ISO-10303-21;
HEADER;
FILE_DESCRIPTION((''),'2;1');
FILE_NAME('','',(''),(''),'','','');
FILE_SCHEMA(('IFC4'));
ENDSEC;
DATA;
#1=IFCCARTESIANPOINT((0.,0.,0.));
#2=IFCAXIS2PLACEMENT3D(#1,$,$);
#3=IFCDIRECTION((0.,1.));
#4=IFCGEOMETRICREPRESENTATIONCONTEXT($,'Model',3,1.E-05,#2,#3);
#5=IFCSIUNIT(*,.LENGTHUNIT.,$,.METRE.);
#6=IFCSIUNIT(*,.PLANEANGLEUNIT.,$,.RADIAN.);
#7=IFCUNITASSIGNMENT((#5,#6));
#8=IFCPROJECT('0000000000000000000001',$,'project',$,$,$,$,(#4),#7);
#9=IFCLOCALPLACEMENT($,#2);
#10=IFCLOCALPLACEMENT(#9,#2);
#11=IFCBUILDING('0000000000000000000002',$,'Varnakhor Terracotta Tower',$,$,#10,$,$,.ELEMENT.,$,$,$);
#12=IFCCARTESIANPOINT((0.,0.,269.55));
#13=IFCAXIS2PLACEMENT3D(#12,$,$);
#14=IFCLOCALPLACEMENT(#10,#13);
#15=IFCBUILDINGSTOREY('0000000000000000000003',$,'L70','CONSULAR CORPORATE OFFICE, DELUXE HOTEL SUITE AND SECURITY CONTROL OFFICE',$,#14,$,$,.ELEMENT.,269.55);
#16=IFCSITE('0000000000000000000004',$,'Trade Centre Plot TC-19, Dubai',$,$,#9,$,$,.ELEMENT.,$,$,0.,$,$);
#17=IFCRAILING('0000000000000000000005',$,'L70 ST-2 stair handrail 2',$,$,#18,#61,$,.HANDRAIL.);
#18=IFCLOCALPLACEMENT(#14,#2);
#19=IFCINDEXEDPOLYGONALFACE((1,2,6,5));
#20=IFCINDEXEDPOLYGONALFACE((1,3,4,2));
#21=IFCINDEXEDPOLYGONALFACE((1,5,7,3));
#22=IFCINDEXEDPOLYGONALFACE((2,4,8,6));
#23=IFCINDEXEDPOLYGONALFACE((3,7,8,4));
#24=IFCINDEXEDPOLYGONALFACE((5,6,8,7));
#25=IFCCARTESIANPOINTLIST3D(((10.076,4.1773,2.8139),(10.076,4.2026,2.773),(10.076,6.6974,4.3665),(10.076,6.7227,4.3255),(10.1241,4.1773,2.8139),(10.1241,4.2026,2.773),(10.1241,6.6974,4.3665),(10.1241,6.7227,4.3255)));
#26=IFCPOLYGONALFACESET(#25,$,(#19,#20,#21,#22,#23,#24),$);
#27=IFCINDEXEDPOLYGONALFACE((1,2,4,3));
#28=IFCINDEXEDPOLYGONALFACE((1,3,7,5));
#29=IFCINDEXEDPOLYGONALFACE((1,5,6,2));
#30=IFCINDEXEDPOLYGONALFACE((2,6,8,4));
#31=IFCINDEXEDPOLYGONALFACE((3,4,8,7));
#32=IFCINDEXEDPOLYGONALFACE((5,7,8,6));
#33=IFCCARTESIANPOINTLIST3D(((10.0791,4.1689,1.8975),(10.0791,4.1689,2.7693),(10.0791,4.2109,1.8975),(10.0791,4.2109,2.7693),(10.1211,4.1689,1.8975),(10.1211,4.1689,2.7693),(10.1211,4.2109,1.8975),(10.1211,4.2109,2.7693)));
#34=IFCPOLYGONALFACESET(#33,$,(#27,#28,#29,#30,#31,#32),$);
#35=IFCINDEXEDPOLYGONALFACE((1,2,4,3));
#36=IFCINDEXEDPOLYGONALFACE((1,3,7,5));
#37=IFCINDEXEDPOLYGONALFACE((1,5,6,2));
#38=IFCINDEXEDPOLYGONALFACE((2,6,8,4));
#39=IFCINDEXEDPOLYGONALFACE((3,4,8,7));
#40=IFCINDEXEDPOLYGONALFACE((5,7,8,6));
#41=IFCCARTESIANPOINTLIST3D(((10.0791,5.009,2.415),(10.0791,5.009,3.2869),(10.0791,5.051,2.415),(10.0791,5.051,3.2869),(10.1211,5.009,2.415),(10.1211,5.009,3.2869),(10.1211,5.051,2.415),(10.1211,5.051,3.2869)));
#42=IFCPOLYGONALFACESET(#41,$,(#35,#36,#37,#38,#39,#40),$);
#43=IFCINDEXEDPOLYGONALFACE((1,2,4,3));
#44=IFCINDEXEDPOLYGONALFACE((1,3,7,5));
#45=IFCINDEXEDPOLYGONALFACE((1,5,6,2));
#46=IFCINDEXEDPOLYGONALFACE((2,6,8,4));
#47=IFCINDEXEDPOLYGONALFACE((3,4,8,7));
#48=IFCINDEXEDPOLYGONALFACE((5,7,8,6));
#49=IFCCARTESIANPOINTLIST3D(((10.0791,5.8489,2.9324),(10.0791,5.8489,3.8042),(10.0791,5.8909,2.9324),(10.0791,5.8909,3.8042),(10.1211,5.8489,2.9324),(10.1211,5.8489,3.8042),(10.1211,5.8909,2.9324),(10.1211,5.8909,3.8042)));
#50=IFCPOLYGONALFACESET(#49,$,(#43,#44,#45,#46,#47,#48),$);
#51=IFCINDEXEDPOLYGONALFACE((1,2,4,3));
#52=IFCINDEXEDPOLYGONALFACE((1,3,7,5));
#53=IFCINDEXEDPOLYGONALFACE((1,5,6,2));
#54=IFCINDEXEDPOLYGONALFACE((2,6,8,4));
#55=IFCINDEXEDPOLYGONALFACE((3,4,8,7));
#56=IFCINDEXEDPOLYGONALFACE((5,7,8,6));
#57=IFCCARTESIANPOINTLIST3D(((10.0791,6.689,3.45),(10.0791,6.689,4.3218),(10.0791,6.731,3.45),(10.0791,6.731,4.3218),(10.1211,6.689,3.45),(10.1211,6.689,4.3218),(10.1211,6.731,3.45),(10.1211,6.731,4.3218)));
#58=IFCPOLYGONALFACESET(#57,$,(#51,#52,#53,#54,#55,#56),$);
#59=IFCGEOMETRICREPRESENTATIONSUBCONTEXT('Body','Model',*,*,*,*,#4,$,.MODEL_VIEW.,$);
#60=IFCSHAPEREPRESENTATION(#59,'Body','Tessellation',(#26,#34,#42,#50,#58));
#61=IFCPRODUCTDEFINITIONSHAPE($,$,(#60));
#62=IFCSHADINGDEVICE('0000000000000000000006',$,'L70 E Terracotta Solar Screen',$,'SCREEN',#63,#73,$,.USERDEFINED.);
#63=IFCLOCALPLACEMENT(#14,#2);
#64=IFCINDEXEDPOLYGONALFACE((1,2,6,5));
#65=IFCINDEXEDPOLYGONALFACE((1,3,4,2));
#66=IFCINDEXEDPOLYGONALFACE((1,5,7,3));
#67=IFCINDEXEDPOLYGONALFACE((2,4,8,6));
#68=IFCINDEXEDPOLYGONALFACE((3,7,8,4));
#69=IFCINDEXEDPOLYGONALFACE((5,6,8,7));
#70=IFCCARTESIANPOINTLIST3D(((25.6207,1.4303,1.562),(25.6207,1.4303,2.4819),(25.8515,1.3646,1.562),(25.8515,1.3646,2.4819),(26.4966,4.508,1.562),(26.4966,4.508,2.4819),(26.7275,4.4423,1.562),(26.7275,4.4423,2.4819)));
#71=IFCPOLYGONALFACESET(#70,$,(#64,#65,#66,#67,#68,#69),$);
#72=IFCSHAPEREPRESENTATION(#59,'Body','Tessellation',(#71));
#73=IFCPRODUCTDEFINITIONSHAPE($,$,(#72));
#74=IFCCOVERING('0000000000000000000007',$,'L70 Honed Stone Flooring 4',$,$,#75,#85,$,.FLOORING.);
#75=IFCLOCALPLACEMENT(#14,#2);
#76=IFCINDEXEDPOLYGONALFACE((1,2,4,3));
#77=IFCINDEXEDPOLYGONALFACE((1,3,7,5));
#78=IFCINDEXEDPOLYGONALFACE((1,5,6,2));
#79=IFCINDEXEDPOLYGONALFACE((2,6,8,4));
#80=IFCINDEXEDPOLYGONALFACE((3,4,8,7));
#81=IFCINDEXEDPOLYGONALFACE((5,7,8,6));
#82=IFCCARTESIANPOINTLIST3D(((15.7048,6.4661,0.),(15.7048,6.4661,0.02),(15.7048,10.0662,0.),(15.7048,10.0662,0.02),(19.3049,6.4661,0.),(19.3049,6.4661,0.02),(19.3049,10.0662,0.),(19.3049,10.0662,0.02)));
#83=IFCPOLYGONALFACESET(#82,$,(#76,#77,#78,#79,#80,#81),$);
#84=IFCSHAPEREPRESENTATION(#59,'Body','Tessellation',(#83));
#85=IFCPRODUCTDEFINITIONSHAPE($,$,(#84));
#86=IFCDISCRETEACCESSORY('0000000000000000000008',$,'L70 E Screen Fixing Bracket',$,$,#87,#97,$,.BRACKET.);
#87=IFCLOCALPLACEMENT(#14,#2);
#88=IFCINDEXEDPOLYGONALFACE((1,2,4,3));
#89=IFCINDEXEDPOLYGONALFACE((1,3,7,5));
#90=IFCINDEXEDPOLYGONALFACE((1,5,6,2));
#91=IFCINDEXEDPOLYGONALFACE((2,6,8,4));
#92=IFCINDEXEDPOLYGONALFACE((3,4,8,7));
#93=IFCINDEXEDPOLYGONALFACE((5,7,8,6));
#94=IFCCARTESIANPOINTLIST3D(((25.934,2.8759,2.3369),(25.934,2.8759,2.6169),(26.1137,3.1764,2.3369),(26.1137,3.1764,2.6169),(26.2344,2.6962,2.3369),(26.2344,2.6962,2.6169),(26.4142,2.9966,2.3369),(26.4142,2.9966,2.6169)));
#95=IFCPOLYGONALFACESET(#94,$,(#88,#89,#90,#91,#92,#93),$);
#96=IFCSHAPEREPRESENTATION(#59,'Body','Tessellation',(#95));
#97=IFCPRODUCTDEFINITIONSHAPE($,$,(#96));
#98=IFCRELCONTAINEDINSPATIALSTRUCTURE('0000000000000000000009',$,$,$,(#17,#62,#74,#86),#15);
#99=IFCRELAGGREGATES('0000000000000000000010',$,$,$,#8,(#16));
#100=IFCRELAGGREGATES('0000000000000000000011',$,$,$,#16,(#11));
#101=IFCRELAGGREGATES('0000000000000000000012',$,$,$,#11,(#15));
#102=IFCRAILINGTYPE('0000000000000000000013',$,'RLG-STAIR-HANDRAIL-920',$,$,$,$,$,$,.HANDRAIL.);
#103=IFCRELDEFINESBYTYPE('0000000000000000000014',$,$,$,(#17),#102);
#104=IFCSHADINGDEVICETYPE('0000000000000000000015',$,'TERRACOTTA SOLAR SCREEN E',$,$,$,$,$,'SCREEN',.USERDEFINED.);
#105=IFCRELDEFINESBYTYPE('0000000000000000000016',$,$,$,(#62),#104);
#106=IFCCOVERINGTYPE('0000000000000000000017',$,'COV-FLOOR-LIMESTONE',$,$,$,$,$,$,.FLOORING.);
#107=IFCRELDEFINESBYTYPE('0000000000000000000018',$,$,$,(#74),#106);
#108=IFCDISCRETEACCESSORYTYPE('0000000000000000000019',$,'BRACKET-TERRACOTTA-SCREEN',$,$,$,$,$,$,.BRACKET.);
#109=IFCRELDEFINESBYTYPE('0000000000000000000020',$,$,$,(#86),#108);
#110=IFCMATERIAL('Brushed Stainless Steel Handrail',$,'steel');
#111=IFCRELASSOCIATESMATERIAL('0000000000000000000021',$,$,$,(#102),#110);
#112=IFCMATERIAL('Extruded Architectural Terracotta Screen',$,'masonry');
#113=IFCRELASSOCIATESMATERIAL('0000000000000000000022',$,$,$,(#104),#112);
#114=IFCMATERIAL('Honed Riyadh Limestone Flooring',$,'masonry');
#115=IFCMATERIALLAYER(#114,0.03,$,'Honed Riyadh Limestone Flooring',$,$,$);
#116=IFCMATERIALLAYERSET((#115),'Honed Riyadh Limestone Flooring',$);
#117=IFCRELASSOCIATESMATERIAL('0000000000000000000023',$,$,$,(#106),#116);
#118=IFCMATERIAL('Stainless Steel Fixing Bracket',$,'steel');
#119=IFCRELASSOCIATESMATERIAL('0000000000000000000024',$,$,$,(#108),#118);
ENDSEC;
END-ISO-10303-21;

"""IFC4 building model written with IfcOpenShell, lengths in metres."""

from ifc_helpers import new_model, si_unit, direction, frame, origin, origin_2d, place, context, subcontext, project, spatial, rectangle, extrude, source, transform, mapped, material, layer, layer_set, type_object, type_shapes, element, save


model = new_model("IFC4")

# Units and contexts
model_context = context("Model", 3, precision=1e-05, world=origin(), true_north=direction((0.0, 1.0)))
body_context = subcontext(model_context, "Body", "Model", "MODEL_VIEW")
ifc_project = project(units=[si_unit("LENGTHUNIT", "METRE"), si_unit("PLANEANGLEUNIT", "RADIAN")], contexts=[model_context])

# Site, building, storey
site_placement = place(None, origin())
site = spatial("IfcSite", under=ifc_project, at=site_placement, Name="Trade Centre Plot TC-19, Dubai", CompositionType="ELEMENT", RefElevation=0.0)
building_placement = place(site_placement, origin())
building = spatial("IfcBuilding", under=site, at=building_placement, Name="Varnakhor Terracotta Tower", CompositionType="ELEMENT")
storey_placement = place(building_placement, frame((0.0, 0.0, 269.55)))
storey = spatial("IfcBuildingStorey", under=building, at=storey_placement, Name="L70", Description="CONSULAR CORPORATE OFFICE, DELUXE HOTEL SUITE AND SECURITY CONTROL OFFICE", CompositionType="ELEMENT", Elevation=269.55)

# Railing
ifc_material_1 = material(Name="Brushed Stainless Steel Handrail", Category="steel")
railing_type = type_object("IfcRailingType", Name="RLG-STAIR-HANDRAIL-920", PredefinedType="HANDRAIL", material=ifc_material_1)
railing_placement = place(storey_placement, frame((10.1001, 4.1899, 1.8975)))
element("IfcRailing", 1, at=railing_placement, inside=storey, type_object=railing_type, Name="L70 ST-2 stair handrail 2", PredefinedType="HANDRAIL", context=body_context, shape_type="SweptSolid", body=[
    extrude(rectangle(XDim=0.0481, YDim=0.0481, at=origin_2d()), frame((0.0, 0.0, 0.896), z_axis=(0.0, 0.8514, 0.524516), x_axis=(-1.0, 0.0, 0.0)), (0.0, 0.0, 1.0), 2.96),
    extrude(rectangle(XDim=0.042, YDim=0.042, at=origin_2d()), origin(), (0.0, 0.0, 1.0), 0.8718),
    extrude(rectangle(XDim=0.042, YDim=0.042, at=origin_2d()), frame((0.0, 0.8401, 0.5176)), (0.0, 0.0, 1.0), 0.8718),
    extrude(rectangle(XDim=0.042, YDim=0.042, at=origin_2d()), frame((0.0, 1.6799, 1.0349)), (0.0, 0.0, 1.0), 0.8718),
    extrude(rectangle(XDim=0.042, YDim=0.042, at=origin_2d()), frame((0.0, 2.52, 1.5525)), (0.0, 0.0, 1.0), 0.8718),
])

# Shading device
ifc_material_2 = material(Name="Extruded Architectural Terracotta Screen", Category="masonry")
shading_device_type = type_object("IfcShadingDeviceType", Name="TERRACOTTA SOLAR SCREEN E", ElementType="SCREEN", PredefinedType="USERDEFINED", material=ifc_material_2)
shared_shape_1 = source(origin(), body_context, "Body", "SweptSolid", [
    extrude(rectangle(XDim=3.2, YDim=0.24, at=origin_2d()), origin(), (0.0, 0.0, 1.0), 0.9199),
])
type_shapes(shading_device_type, [shared_shape_1])
shading_device_placement = place(storey_placement, frame((26.1741, 2.9363, 1.562), z_axis=(0.0, 0.0, 1.0), x_axis=(0.273741, 0.961803, 0.0)))
element("IfcShadingDevice", 2, at=shading_device_placement, inside=storey, type_object=shading_device_type, Name="L70 E Terracotta Solar Screen", ObjectType="SCREEN", PredefinedType="USERDEFINED", context=body_context, shape_type="MappedRepresentation", body=[
    mapped(shared_shape_1, transform((0.0, 0.0, 0.0), scale=1.0)),
])

# Covering
ifc_material_3 = material(Name="Honed Riyadh Limestone Flooring", Category="masonry")
ifc_layer_1 = layer(ifc_material_3, 0.03, Name="Honed Riyadh Limestone Flooring")
ifc_layer_set_1 = layer_set([ifc_layer_1], Name="Honed Riyadh Limestone Flooring")
covering_type = type_object("IfcCoveringType", Name="COV-FLOOR-LIMESTONE", PredefinedType="FLOORING", material=ifc_layer_set_1)
shared_shape_2 = source(origin(), body_context, "Body", "SweptSolid", [
    extrude(rectangle(XDim=3.6001, YDim=3.6001, at=origin_2d()), origin(), (0.0, 0.0, 1.0), 0.02),
])
covering_placement = place(storey_placement, frame((17.5049, 8.2661, 0.0), z_axis=(0.0, 0.0, 1.0), x_axis=(1.0, 0.0, 0.0)))
element("IfcCovering", 3, at=covering_placement, inside=storey, type_object=covering_type, Name="L70 Honed Stone Flooring 4", PredefinedType="FLOORING", context=body_context, shape_type="MappedRepresentation", body=[
    mapped(shared_shape_2, transform((0.0, 0.0, 0.0), scale=1.0)),
])

# Discrete accessory
ifc_material_4 = material(Name="Stainless Steel Fixing Bracket", Category="steel")
discrete_accessory_type = type_object("IfcDiscreteAccessoryType", Name="BRACKET-TERRACOTTA-SCREEN", PredefinedType="BRACKET", material=ifc_material_4)
shared_shape_3 = source(origin(), body_context, "Body", "SweptSolid", [
    extrude(rectangle(XDim=0.3501, YDim=0.3501, at=origin_2d()), origin(), (0.0, 0.0, 1.0), 0.28),
])
type_shapes(discrete_accessory_type, [shared_shape_3])
discrete_accessory_placement = place(storey_placement, frame((26.1741, 2.9363, 2.3369), z_axis=(0.0, 0.0, 1.0), x_axis=(0.513347, 0.858181, 0.0)))
element("IfcDiscreteAccessory", 4, at=discrete_accessory_placement, inside=storey, type_object=discrete_accessory_type, Name="L70 E Screen Fixing Bracket", PredefinedType="BRACKET", context=body_context, shape_type="MappedRepresentation", body=[
    mapped(shared_shape_3, transform((0.0, 0.0, 0.0), scale=1.0)),
])

save(model, "model.ifc")
